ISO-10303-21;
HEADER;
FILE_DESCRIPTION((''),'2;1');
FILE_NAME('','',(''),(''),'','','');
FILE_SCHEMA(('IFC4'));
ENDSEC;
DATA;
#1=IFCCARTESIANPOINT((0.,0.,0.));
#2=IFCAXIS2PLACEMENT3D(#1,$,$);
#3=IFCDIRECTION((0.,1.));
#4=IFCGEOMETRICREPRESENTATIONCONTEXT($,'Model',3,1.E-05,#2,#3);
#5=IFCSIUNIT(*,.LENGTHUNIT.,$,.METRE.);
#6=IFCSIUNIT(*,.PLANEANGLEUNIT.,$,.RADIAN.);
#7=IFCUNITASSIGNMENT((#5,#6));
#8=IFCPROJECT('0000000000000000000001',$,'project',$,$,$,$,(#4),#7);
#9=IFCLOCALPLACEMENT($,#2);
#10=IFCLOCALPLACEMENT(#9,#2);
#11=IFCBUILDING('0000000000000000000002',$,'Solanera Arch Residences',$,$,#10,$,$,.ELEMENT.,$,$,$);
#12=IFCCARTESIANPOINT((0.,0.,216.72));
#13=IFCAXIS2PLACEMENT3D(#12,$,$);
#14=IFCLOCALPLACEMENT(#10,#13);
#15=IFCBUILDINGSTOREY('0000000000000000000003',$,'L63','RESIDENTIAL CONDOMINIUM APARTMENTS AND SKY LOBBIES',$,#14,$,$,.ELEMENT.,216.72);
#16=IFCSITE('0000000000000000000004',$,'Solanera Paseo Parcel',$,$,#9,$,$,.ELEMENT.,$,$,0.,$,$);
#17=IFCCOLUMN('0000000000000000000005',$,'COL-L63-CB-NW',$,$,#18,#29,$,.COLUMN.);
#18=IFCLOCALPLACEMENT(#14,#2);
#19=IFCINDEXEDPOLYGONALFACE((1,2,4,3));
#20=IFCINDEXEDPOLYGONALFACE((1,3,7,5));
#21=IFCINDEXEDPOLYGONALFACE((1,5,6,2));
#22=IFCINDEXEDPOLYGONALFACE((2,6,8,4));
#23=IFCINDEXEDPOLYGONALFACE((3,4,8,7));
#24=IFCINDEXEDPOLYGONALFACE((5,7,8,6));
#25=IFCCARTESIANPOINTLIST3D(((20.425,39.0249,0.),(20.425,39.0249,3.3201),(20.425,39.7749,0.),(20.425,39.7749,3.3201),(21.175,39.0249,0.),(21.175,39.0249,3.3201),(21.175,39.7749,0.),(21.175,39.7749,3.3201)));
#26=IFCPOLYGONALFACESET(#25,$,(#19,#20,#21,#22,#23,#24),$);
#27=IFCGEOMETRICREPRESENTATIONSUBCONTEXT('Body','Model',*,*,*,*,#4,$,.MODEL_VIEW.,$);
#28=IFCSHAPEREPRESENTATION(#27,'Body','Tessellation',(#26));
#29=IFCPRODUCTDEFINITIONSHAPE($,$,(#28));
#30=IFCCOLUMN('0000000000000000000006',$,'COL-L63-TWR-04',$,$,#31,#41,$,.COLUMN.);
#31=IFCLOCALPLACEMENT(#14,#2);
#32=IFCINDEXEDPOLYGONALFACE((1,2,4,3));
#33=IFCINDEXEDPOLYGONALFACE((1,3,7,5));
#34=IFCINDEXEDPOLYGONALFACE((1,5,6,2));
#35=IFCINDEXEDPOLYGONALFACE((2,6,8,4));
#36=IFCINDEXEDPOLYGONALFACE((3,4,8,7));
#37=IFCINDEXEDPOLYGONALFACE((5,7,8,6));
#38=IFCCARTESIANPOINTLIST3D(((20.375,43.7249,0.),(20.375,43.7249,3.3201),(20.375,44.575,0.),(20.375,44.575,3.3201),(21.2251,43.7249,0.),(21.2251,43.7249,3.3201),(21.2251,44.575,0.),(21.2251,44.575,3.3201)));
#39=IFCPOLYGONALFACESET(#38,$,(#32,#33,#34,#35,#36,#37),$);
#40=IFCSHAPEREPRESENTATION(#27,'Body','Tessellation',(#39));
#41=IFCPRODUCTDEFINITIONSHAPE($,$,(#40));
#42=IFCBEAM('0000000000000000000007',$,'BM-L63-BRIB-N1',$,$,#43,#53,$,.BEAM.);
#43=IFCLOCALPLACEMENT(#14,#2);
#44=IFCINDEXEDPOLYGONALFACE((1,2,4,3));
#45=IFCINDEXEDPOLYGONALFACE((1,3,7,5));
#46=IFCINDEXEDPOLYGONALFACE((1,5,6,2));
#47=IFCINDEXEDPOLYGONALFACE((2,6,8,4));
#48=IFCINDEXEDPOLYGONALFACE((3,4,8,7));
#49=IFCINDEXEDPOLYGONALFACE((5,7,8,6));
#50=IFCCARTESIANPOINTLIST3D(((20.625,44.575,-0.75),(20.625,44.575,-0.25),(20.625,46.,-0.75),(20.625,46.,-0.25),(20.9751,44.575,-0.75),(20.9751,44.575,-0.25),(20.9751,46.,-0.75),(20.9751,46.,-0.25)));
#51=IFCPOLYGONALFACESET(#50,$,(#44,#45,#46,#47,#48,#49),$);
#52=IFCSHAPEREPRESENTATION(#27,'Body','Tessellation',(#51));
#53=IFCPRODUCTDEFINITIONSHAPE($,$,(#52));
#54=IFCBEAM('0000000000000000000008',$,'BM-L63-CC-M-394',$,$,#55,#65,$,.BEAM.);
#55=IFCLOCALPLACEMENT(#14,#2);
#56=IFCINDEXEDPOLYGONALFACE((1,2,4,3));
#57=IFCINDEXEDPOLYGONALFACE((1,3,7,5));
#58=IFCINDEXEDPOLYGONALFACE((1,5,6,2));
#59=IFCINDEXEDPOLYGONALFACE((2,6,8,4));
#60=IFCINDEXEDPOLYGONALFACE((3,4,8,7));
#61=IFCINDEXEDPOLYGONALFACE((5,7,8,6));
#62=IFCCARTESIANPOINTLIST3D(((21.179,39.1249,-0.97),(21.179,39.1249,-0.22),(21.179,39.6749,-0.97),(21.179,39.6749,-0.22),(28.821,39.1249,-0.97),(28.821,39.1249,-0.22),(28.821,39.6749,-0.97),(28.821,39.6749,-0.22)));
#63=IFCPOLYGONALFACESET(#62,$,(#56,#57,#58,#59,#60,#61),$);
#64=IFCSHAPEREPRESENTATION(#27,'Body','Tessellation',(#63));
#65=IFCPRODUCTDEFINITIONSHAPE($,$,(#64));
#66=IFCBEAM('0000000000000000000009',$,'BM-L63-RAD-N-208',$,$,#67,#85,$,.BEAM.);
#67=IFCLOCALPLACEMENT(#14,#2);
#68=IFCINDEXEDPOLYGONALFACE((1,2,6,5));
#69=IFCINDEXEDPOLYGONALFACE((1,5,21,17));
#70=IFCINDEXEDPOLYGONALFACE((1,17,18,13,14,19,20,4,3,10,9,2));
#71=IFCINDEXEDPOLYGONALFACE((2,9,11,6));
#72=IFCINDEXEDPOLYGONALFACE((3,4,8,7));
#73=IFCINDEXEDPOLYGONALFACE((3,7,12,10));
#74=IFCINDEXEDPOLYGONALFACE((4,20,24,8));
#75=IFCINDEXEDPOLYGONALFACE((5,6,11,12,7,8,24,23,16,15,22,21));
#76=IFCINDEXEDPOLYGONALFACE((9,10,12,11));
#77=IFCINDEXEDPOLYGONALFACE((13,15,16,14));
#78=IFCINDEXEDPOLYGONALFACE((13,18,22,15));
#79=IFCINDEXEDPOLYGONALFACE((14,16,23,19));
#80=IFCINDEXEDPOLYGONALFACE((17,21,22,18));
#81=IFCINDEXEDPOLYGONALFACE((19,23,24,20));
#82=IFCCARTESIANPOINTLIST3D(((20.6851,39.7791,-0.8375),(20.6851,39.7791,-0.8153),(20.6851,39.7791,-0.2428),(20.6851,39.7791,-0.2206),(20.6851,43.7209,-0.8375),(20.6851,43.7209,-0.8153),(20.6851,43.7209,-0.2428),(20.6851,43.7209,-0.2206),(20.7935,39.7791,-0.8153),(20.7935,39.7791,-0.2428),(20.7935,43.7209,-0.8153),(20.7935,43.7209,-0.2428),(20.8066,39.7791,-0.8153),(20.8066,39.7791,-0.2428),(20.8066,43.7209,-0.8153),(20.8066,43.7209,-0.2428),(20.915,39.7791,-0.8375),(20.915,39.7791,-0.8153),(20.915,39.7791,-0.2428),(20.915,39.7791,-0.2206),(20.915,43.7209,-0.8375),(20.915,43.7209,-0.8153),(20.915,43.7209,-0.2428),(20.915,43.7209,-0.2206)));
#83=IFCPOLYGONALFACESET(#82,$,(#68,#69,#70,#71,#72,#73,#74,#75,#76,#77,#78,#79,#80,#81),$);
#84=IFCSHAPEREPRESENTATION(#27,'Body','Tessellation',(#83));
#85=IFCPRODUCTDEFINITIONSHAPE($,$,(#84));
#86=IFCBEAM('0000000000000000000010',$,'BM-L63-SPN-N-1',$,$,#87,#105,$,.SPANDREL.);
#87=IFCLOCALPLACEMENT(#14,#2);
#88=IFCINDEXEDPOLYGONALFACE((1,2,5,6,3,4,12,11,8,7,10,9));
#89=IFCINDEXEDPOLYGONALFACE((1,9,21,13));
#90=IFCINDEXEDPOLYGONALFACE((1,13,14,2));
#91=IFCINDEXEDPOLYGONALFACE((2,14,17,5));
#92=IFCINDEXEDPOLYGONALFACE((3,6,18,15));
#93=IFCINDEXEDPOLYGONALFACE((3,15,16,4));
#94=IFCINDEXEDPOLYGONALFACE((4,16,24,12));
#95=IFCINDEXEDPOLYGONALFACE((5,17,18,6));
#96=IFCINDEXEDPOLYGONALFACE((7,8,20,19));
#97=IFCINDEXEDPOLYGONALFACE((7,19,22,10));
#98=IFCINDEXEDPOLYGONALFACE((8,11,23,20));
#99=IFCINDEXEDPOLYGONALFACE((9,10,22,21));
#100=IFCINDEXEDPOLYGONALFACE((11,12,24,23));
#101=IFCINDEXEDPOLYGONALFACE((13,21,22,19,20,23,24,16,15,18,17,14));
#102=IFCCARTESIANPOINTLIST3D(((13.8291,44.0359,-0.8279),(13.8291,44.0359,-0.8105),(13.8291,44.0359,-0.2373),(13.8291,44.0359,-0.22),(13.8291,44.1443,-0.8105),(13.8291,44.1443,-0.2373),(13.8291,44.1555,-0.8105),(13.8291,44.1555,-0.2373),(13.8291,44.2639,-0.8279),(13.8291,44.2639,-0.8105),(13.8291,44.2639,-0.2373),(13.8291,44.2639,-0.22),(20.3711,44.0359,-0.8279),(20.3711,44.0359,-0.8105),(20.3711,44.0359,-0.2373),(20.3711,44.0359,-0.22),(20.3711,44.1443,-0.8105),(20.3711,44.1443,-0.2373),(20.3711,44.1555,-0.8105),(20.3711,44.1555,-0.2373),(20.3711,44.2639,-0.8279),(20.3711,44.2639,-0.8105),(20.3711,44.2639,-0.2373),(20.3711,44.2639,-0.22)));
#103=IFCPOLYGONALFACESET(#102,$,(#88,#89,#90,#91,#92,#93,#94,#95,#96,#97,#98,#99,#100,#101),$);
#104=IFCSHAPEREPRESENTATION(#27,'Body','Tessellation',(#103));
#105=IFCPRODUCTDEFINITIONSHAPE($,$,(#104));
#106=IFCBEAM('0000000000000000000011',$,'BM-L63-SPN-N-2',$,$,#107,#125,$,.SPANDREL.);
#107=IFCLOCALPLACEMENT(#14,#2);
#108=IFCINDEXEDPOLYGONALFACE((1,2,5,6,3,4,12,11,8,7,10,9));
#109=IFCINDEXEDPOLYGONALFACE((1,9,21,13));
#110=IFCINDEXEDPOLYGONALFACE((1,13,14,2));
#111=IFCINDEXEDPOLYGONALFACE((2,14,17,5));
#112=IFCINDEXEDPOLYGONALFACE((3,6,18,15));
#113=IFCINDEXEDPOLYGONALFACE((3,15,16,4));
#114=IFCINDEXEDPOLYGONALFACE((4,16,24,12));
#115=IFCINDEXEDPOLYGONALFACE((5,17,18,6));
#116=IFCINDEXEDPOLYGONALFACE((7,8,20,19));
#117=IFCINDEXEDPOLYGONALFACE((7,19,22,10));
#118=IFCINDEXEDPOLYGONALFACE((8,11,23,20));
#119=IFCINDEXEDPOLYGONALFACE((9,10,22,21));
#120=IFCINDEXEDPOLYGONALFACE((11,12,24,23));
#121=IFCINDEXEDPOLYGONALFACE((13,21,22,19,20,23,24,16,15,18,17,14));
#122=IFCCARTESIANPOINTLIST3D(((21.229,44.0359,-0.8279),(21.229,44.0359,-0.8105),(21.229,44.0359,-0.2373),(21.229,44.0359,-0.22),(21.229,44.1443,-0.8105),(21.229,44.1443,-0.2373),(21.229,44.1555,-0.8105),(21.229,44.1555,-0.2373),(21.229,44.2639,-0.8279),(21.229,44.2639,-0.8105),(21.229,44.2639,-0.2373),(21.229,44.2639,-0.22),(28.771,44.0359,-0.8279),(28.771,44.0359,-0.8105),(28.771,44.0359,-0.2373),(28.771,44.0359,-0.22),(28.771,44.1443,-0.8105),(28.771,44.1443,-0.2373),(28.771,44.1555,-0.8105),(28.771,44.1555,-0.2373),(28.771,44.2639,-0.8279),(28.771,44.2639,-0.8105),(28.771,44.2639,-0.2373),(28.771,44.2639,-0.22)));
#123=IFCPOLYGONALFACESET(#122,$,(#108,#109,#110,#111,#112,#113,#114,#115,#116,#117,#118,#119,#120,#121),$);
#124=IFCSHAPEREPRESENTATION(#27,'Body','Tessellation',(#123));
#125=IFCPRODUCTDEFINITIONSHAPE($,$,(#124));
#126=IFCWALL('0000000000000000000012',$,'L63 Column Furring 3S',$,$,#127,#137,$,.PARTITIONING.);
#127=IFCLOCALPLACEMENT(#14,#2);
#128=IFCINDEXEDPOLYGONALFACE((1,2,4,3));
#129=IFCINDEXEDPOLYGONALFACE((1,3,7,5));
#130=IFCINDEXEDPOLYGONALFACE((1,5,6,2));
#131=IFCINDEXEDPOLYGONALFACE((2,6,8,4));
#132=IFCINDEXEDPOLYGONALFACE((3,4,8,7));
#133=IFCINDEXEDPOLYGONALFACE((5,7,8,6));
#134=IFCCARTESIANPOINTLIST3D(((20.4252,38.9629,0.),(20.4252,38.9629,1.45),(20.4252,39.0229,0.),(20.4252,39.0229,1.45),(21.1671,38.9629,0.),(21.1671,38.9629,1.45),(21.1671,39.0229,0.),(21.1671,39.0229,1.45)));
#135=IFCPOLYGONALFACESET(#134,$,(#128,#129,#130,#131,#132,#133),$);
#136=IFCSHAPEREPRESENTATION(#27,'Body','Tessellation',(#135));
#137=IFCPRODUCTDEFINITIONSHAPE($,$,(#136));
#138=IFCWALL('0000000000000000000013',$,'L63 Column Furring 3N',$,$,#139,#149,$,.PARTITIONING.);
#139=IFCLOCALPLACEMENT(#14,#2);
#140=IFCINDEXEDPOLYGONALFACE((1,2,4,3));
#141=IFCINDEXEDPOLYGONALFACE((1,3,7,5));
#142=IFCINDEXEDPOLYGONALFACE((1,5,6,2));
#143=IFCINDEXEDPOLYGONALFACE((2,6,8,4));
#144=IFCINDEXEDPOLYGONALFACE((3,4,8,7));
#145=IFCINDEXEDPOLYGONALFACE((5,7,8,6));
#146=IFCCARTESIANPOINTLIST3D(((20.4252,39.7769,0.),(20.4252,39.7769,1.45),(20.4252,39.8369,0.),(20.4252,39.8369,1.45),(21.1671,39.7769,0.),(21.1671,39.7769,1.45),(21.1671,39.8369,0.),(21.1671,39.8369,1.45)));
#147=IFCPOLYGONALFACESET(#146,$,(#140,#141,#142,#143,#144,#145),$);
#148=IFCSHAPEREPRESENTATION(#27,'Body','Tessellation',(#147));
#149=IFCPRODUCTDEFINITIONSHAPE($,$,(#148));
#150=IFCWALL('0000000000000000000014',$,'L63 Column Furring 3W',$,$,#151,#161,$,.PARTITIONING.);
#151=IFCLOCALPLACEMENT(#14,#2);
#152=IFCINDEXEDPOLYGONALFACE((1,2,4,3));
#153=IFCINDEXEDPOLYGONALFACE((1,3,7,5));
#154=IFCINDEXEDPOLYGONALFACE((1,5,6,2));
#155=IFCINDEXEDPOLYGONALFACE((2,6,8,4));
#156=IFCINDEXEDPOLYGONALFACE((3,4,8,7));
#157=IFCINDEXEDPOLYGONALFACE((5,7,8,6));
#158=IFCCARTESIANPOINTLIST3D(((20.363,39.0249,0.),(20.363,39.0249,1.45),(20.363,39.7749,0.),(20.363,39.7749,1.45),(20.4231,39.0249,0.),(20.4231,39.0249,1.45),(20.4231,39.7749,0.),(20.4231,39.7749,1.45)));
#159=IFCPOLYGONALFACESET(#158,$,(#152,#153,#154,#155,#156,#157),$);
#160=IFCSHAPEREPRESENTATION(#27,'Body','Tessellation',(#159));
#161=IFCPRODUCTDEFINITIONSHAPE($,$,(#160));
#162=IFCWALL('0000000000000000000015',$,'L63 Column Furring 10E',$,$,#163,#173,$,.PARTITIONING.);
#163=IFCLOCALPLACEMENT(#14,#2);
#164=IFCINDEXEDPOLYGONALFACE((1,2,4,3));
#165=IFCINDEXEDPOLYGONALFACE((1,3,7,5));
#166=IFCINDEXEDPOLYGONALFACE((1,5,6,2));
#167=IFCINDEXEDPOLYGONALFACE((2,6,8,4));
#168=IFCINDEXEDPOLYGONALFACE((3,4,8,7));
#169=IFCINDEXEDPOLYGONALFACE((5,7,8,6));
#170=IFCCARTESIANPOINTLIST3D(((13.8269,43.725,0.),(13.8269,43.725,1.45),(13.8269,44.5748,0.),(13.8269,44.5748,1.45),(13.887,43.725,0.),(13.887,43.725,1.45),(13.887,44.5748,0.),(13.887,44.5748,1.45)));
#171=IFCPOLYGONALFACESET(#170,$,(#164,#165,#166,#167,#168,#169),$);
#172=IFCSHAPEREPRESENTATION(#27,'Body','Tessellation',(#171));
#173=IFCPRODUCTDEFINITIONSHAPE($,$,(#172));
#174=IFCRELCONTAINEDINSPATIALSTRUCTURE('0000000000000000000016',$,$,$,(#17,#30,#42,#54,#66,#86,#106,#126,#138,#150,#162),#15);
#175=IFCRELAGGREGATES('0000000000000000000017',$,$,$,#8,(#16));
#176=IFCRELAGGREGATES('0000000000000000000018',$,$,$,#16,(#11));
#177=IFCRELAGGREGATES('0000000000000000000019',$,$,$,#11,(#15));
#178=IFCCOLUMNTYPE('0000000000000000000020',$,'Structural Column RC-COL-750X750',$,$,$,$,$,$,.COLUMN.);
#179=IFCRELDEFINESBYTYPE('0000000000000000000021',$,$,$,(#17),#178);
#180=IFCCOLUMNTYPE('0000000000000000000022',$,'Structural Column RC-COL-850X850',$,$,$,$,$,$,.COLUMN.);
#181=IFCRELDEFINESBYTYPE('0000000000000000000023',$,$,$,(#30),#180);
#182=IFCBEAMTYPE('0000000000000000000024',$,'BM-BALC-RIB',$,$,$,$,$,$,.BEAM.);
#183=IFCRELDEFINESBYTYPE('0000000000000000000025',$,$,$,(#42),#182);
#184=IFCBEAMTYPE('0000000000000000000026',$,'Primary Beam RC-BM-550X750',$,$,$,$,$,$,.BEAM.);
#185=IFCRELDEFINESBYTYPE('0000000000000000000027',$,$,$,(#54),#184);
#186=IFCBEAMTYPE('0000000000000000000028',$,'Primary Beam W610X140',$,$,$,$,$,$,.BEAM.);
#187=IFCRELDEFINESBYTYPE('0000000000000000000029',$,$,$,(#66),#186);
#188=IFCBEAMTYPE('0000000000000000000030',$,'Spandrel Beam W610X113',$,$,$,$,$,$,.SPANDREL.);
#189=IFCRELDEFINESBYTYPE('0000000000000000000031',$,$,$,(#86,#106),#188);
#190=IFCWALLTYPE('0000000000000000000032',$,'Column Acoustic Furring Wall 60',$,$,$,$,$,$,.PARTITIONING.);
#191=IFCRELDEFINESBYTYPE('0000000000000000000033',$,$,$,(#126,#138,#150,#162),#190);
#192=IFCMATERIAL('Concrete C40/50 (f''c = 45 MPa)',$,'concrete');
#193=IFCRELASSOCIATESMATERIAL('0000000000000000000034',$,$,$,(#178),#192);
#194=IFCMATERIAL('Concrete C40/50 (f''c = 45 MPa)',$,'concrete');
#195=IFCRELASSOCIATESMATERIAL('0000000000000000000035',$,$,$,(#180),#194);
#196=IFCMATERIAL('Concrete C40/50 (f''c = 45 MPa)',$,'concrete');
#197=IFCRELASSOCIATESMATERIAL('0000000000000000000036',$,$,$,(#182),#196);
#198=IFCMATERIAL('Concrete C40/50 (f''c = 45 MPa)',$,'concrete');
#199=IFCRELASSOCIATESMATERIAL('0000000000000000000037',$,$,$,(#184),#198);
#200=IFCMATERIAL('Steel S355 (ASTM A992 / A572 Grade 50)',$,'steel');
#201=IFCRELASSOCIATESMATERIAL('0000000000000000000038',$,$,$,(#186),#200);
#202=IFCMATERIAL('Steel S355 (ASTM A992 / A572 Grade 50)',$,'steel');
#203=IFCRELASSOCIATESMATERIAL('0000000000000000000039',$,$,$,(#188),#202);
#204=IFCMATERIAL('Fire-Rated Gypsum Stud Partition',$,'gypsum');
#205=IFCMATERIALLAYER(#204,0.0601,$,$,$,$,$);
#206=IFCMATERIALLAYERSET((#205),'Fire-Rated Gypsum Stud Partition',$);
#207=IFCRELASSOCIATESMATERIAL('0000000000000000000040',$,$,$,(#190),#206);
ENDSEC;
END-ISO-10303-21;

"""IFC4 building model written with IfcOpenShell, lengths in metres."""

from ifc_helpers import new_model, si_unit, direction, frame, frame_2d, origin, origin_2d, place, context, subcontext, project, spatial, rectangle, i_section, extrude, material, layer, layer_set, material_profile, profile_set, type_object, element, save


model = new_model("IFC4")

# Units and contexts
model_context = context("Model", 3, precision=1e-05, world=origin(), true_north=direction((0.0, 1.0)))
body_context = subcontext(model_context, "Body", "Model", "MODEL_VIEW")
ifc_project = project(units=[si_unit("LENGTHUNIT", "METRE"), si_unit("PLANEANGLEUNIT", "RADIAN")], contexts=[model_context])

# Site, building, storey
site_placement = place(None, origin())
site = spatial("IfcSite", under=ifc_project, at=site_placement, Name="Solanera Paseo Parcel", CompositionType="ELEMENT", RefElevation=0.0)
building_placement = place(site_placement, origin())
building = spatial("IfcBuilding", under=site, at=building_placement, Name="Solanera Arch Residences", CompositionType="ELEMENT")
storey_placement = place(building_placement, frame((0.0, 0.0, 216.72)))
storey = spatial("IfcBuildingStorey", under=building, at=storey_placement, Name="L63", Description="RESIDENTIAL CONDOMINIUM APARTMENTS AND SKY LOBBIES", CompositionType="ELEMENT", Elevation=216.72)

# Columns
ifc_material_1 = material(Name="Concrete C40/50 (f'c = 45 MPa)", Category="concrete")
ifc_material_profile_1 = material_profile(ifc_material_1, rectangle(XDim=0.75, YDim=0.75, at=origin_2d()))
ifc_profile_set_1 = profile_set([ifc_material_profile_1], Name="Concrete C40/50 (f'c = 45 MPa)")
column_type_1 = type_object("IfcColumnType", Name="Structural Column RC-COL-750X750", PredefinedType="COLUMN", material=ifc_profile_set_1)
column_1_placement = place(storey_placement, frame((20.8, 39.3999, 0.0), z_axis=(0.0, 0.0, 1.0), x_axis=(1.0, 0.0, 0.0)))
element("IfcColumn", 1, at=column_1_placement, inside=storey, type_object=column_type_1, Name="COL-L63-CB-NW", PredefinedType="COLUMN", context=body_context, shape_type="SweptSolid", body=[
    extrude(rectangle(XDim=0.75, YDim=0.75, at=origin_2d()), origin(), (0.0, 0.0, 1.0), 3.3201),
])
ifc_material_2 = material(Name="Concrete C40/50 (f'c = 45 MPa)", Category="concrete")
ifc_material_profile_2 = material_profile(ifc_material_2, rectangle(XDim=0.8501, YDim=0.8501, at=origin_2d()))
ifc_profile_set_2 = profile_set([ifc_material_profile_2], Name="Concrete C40/50 (f'c = 45 MPa)")
column_type_2 = type_object("IfcColumnType", Name="Structural Column RC-COL-850X850", PredefinedType="COLUMN", material=ifc_profile_set_2)
column_2_placement = place(storey_placement, frame((20.8, 44.1499, 0.0), z_axis=(0.0, 0.0, 1.0), x_axis=(1.0, 0.0, 0.0)))
element("IfcColumn", 2, at=column_2_placement, inside=storey, type_object=column_type_2, Name="COL-L63-TWR-04", PredefinedType="COLUMN", context=body_context, shape_type="SweptSolid", body=[
    extrude(rectangle(XDim=0.8501, YDim=0.8501, at=origin_2d()), origin(), (0.0, 0.0, 1.0), 3.3201),
])

# Beams
ifc_material_3 = material(Name="Concrete C40/50 (f'c = 45 MPa)", Category="concrete")
ifc_material_profile_3 = material_profile(ifc_material_3, rectangle(XDim=0.3501, YDim=0.5, at=origin_2d()))
ifc_profile_set_3 = profile_set([ifc_material_profile_3], Name="Concrete C40/50 (f'c = 45 MPa)")
beam_type_1 = type_object("IfcBeamType", Name="BM-BALC-RIB", PredefinedType="BEAM", material=ifc_profile_set_3)
beam_1_placement = place(storey_placement, frame((20.8, 44.575, -0.5), z_axis=(0.0, 1.0, 0.0), x_axis=(-1.0, 0.0, 0.0)))
element("IfcBeam", 3, at=beam_1_placement, inside=storey, type_object=beam_type_1, Name="BM-L63-BRIB-N1", PredefinedType="BEAM", context=body_context, shape_type="SweptSolid", body=[
    extrude(rectangle(XDim=0.3501, YDim=0.5, at=origin_2d()), origin(), (0.0, 0.0, 1.0), 1.425),
])
ifc_material_4 = material(Name="Concrete C40/50 (f'c = 45 MPa)", Category="concrete")
ifc_material_profile_4 = material_profile(ifc_material_4, rectangle(XDim=0.55, YDim=0.75, at=origin_2d()))
ifc_profile_set_4 = profile_set([ifc_material_profile_4], Name="Concrete C40/50 (f'c = 45 MPa)")
beam_type_2 = type_object("IfcBeamType", Name="Primary Beam RC-BM-550X750", PredefinedType="BEAM", material=ifc_profile_set_4)
beam_2_placement = place(storey_placement, frame((21.179, 39.3999, -0.595), z_axis=(1.0, 0.0, 0.0), x_axis=(0.0, 1.0, 0.0)))
element("IfcBeam", 4, at=beam_2_placement, inside=storey, type_object=beam_type_2, Name="BM-L63-CC-M-394", PredefinedType="BEAM", context=body_context, shape_type="SweptSolid", body=[
    extrude(rectangle(XDim=0.55, YDim=0.75, at=origin_2d()), origin(), (0.0, 0.0, 1.0), 7.6421),
])
ifc_material_5 = material(Name="Steel S355 (ASTM A992 / A572 Grade 50)", Category="steel")
ifc_material_profile_5 = material_profile(ifc_material_5, i_section(OverallWidth=0.23, OverallDepth=0.6169, WebThickness=0.0132, FlangeThickness=0.0222, at=origin_2d()))
ifc_profile_set_5 = profile_set([ifc_material_profile_5], Name="Steel S355 (ASTM A992 / A572 Grade 50)")
beam_type_3 = type_object("IfcBeamType", Name="Primary Beam W610X140", PredefinedType="BEAM", material=ifc_profile_set_5)
beam_3_placement = place(storey_placement, frame((20.8, 39.7791, -0.5291), z_axis=(0.0, 1.0, 0.0), x_axis=(-1.0, 0.0, 0.0)))
element("IfcBeam", 5, at=beam_3_placement, inside=storey, type_object=beam_type_3, Name="BM-L63-RAD-N-208", PredefinedType="BEAM", context=body_context, shape_type="SweptSolid", body=[
    extrude(i_section(OverallWidth=0.23, OverallDepth=0.6169, WebThickness=0.0132, FlangeThickness=0.0222, at=origin_2d()), origin(), (0.0, 0.0, 1.0), 3.9419),
])
ifc_material_6 = material(Name="Steel S355 (ASTM A992 / A572 Grade 50)", Category="steel")
ifc_material_profile_6 = material_profile(ifc_material_6, i_section(OverallWidth=0.228, OverallDepth=0.6079, WebThickness=0.0112, FlangeThickness=0.0173, at=origin_2d()))
ifc_profile_set_6 = profile_set([ifc_material_profile_6], Name="Steel S355 (ASTM A992 / A572 Grade 50)")
beam_type_4 = type_object("IfcBeamType", Name="Spandrel Beam W610X113", PredefinedType="SPANDREL", material=ifc_profile_set_6)
beam_4_placement = place(storey_placement, frame((13.8291, 44.1499, -0.5239), z_axis=(1.0, 0.0, 0.0), x_axis=(0.0, 1.0, 0.0)))
element("IfcBeam", 6, at=beam_4_placement, inside=storey, type_object=beam_type_4, Name="BM-L63-SPN-N-1", PredefinedType="SPANDREL", context=body_context, shape_type="SweptSolid", body=[
    extrude(i_section(OverallWidth=0.228, OverallDepth=0.6079, WebThickness=0.0112, FlangeThickness=0.0173, at=origin_2d()), origin(), (0.0, 0.0, 1.0), 6.542),
])
beam_5_placement = place(storey_placement, frame((21.229, 44.1499, -0.5239), z_axis=(1.0, 0.0, 0.0), x_axis=(0.0, 1.0, 0.0)))
element("IfcBeam", 7, at=beam_5_placement, inside=storey, type_object=beam_type_4, Name="BM-L63-SPN-N-2", PredefinedType="SPANDREL", context=body_context, shape_type="SweptSolid", body=[
    extrude(i_section(OverallWidth=0.228, OverallDepth=0.6079, WebThickness=0.0112, FlangeThickness=0.0173, at=origin_2d()), origin(), (0.0, 0.0, 1.0), 7.542),
])

# Walls
ifc_material_7 = material(Name="Fire-Rated Gypsum Stud Partition", Category="gypsum")
ifc_layer_1 = layer(ifc_material_7, 0.0601)
ifc_layer_set_1 = layer_set([ifc_layer_1], Name="Fire-Rated Gypsum Stud Partition")
wall_type_1 = type_object("IfcWallType", Name="Column Acoustic Furring Wall 60", PredefinedType="PARTITIONING", material=ifc_layer_set_1)
for number, where, z_axis, x_axis, name in (
    (8, (20.425, 38.9929, 0.0), (0.0, 0.0, 1.0), (1.0, 0.0, 0.0), "L63 Column Furring 3S"),
    (9, (20.425, 39.8069, 0.0), (0.0, 0.0, 1.0), (1.0, 0.0, 0.0), "L63 Column Furring 3N"),
):
    element("IfcWall", number, at=place(storey_placement, frame(where, z_axis=z_axis, x_axis=x_axis)), inside=storey, type_object=wall_type_1, Name=name, PredefinedType="PARTITIONING", context=body_context, shape_type="SweptSolid", body=[
        extrude(rectangle(XDim=0.7419, YDim=0.0601, at=frame_2d((0.3711, 0.0))), origin(), (0.0, 0.0, 1.0), 1.45),
    ])
wall_1_placement = place(storey_placement, frame((20.3931, 39.0249, 0.0), z_axis=(0.0, 0.0, 1.0), x_axis=(0.0, 1.0, 0.0)))
element("IfcWall", 10, at=wall_1_placement, inside=storey, type_object=wall_type_1, Name="L63 Column Furring 3W", PredefinedType="PARTITIONING", context=body_context, shape_type="SweptSolid", body=[
    extrude(rectangle(XDim=0.75, YDim=0.0601, at=frame_2d((0.375, 0.0))), origin(), (0.0, 0.0, 1.0), 1.45),
])
wall_2_placement = place(storey_placement, frame((13.8569, 43.7251, 0.0), z_axis=(0.0, 0.0, 1.0), x_axis=(0.0, 1.0, 0.0)))
element("IfcWall", 11, at=wall_2_placement, inside=storey, type_object=wall_type_1, Name="L63 Column Furring 10E", PredefinedType="PARTITIONING", context=body_context, shape_type="SweptSolid", body=[
    extrude(rectangle(XDim=0.8499, YDim=0.0601, at=frame_2d((0.4248, 0.0))), origin(), (0.0, 0.0, 1.0), 1.45),
])

save(model, "model.ifc")
